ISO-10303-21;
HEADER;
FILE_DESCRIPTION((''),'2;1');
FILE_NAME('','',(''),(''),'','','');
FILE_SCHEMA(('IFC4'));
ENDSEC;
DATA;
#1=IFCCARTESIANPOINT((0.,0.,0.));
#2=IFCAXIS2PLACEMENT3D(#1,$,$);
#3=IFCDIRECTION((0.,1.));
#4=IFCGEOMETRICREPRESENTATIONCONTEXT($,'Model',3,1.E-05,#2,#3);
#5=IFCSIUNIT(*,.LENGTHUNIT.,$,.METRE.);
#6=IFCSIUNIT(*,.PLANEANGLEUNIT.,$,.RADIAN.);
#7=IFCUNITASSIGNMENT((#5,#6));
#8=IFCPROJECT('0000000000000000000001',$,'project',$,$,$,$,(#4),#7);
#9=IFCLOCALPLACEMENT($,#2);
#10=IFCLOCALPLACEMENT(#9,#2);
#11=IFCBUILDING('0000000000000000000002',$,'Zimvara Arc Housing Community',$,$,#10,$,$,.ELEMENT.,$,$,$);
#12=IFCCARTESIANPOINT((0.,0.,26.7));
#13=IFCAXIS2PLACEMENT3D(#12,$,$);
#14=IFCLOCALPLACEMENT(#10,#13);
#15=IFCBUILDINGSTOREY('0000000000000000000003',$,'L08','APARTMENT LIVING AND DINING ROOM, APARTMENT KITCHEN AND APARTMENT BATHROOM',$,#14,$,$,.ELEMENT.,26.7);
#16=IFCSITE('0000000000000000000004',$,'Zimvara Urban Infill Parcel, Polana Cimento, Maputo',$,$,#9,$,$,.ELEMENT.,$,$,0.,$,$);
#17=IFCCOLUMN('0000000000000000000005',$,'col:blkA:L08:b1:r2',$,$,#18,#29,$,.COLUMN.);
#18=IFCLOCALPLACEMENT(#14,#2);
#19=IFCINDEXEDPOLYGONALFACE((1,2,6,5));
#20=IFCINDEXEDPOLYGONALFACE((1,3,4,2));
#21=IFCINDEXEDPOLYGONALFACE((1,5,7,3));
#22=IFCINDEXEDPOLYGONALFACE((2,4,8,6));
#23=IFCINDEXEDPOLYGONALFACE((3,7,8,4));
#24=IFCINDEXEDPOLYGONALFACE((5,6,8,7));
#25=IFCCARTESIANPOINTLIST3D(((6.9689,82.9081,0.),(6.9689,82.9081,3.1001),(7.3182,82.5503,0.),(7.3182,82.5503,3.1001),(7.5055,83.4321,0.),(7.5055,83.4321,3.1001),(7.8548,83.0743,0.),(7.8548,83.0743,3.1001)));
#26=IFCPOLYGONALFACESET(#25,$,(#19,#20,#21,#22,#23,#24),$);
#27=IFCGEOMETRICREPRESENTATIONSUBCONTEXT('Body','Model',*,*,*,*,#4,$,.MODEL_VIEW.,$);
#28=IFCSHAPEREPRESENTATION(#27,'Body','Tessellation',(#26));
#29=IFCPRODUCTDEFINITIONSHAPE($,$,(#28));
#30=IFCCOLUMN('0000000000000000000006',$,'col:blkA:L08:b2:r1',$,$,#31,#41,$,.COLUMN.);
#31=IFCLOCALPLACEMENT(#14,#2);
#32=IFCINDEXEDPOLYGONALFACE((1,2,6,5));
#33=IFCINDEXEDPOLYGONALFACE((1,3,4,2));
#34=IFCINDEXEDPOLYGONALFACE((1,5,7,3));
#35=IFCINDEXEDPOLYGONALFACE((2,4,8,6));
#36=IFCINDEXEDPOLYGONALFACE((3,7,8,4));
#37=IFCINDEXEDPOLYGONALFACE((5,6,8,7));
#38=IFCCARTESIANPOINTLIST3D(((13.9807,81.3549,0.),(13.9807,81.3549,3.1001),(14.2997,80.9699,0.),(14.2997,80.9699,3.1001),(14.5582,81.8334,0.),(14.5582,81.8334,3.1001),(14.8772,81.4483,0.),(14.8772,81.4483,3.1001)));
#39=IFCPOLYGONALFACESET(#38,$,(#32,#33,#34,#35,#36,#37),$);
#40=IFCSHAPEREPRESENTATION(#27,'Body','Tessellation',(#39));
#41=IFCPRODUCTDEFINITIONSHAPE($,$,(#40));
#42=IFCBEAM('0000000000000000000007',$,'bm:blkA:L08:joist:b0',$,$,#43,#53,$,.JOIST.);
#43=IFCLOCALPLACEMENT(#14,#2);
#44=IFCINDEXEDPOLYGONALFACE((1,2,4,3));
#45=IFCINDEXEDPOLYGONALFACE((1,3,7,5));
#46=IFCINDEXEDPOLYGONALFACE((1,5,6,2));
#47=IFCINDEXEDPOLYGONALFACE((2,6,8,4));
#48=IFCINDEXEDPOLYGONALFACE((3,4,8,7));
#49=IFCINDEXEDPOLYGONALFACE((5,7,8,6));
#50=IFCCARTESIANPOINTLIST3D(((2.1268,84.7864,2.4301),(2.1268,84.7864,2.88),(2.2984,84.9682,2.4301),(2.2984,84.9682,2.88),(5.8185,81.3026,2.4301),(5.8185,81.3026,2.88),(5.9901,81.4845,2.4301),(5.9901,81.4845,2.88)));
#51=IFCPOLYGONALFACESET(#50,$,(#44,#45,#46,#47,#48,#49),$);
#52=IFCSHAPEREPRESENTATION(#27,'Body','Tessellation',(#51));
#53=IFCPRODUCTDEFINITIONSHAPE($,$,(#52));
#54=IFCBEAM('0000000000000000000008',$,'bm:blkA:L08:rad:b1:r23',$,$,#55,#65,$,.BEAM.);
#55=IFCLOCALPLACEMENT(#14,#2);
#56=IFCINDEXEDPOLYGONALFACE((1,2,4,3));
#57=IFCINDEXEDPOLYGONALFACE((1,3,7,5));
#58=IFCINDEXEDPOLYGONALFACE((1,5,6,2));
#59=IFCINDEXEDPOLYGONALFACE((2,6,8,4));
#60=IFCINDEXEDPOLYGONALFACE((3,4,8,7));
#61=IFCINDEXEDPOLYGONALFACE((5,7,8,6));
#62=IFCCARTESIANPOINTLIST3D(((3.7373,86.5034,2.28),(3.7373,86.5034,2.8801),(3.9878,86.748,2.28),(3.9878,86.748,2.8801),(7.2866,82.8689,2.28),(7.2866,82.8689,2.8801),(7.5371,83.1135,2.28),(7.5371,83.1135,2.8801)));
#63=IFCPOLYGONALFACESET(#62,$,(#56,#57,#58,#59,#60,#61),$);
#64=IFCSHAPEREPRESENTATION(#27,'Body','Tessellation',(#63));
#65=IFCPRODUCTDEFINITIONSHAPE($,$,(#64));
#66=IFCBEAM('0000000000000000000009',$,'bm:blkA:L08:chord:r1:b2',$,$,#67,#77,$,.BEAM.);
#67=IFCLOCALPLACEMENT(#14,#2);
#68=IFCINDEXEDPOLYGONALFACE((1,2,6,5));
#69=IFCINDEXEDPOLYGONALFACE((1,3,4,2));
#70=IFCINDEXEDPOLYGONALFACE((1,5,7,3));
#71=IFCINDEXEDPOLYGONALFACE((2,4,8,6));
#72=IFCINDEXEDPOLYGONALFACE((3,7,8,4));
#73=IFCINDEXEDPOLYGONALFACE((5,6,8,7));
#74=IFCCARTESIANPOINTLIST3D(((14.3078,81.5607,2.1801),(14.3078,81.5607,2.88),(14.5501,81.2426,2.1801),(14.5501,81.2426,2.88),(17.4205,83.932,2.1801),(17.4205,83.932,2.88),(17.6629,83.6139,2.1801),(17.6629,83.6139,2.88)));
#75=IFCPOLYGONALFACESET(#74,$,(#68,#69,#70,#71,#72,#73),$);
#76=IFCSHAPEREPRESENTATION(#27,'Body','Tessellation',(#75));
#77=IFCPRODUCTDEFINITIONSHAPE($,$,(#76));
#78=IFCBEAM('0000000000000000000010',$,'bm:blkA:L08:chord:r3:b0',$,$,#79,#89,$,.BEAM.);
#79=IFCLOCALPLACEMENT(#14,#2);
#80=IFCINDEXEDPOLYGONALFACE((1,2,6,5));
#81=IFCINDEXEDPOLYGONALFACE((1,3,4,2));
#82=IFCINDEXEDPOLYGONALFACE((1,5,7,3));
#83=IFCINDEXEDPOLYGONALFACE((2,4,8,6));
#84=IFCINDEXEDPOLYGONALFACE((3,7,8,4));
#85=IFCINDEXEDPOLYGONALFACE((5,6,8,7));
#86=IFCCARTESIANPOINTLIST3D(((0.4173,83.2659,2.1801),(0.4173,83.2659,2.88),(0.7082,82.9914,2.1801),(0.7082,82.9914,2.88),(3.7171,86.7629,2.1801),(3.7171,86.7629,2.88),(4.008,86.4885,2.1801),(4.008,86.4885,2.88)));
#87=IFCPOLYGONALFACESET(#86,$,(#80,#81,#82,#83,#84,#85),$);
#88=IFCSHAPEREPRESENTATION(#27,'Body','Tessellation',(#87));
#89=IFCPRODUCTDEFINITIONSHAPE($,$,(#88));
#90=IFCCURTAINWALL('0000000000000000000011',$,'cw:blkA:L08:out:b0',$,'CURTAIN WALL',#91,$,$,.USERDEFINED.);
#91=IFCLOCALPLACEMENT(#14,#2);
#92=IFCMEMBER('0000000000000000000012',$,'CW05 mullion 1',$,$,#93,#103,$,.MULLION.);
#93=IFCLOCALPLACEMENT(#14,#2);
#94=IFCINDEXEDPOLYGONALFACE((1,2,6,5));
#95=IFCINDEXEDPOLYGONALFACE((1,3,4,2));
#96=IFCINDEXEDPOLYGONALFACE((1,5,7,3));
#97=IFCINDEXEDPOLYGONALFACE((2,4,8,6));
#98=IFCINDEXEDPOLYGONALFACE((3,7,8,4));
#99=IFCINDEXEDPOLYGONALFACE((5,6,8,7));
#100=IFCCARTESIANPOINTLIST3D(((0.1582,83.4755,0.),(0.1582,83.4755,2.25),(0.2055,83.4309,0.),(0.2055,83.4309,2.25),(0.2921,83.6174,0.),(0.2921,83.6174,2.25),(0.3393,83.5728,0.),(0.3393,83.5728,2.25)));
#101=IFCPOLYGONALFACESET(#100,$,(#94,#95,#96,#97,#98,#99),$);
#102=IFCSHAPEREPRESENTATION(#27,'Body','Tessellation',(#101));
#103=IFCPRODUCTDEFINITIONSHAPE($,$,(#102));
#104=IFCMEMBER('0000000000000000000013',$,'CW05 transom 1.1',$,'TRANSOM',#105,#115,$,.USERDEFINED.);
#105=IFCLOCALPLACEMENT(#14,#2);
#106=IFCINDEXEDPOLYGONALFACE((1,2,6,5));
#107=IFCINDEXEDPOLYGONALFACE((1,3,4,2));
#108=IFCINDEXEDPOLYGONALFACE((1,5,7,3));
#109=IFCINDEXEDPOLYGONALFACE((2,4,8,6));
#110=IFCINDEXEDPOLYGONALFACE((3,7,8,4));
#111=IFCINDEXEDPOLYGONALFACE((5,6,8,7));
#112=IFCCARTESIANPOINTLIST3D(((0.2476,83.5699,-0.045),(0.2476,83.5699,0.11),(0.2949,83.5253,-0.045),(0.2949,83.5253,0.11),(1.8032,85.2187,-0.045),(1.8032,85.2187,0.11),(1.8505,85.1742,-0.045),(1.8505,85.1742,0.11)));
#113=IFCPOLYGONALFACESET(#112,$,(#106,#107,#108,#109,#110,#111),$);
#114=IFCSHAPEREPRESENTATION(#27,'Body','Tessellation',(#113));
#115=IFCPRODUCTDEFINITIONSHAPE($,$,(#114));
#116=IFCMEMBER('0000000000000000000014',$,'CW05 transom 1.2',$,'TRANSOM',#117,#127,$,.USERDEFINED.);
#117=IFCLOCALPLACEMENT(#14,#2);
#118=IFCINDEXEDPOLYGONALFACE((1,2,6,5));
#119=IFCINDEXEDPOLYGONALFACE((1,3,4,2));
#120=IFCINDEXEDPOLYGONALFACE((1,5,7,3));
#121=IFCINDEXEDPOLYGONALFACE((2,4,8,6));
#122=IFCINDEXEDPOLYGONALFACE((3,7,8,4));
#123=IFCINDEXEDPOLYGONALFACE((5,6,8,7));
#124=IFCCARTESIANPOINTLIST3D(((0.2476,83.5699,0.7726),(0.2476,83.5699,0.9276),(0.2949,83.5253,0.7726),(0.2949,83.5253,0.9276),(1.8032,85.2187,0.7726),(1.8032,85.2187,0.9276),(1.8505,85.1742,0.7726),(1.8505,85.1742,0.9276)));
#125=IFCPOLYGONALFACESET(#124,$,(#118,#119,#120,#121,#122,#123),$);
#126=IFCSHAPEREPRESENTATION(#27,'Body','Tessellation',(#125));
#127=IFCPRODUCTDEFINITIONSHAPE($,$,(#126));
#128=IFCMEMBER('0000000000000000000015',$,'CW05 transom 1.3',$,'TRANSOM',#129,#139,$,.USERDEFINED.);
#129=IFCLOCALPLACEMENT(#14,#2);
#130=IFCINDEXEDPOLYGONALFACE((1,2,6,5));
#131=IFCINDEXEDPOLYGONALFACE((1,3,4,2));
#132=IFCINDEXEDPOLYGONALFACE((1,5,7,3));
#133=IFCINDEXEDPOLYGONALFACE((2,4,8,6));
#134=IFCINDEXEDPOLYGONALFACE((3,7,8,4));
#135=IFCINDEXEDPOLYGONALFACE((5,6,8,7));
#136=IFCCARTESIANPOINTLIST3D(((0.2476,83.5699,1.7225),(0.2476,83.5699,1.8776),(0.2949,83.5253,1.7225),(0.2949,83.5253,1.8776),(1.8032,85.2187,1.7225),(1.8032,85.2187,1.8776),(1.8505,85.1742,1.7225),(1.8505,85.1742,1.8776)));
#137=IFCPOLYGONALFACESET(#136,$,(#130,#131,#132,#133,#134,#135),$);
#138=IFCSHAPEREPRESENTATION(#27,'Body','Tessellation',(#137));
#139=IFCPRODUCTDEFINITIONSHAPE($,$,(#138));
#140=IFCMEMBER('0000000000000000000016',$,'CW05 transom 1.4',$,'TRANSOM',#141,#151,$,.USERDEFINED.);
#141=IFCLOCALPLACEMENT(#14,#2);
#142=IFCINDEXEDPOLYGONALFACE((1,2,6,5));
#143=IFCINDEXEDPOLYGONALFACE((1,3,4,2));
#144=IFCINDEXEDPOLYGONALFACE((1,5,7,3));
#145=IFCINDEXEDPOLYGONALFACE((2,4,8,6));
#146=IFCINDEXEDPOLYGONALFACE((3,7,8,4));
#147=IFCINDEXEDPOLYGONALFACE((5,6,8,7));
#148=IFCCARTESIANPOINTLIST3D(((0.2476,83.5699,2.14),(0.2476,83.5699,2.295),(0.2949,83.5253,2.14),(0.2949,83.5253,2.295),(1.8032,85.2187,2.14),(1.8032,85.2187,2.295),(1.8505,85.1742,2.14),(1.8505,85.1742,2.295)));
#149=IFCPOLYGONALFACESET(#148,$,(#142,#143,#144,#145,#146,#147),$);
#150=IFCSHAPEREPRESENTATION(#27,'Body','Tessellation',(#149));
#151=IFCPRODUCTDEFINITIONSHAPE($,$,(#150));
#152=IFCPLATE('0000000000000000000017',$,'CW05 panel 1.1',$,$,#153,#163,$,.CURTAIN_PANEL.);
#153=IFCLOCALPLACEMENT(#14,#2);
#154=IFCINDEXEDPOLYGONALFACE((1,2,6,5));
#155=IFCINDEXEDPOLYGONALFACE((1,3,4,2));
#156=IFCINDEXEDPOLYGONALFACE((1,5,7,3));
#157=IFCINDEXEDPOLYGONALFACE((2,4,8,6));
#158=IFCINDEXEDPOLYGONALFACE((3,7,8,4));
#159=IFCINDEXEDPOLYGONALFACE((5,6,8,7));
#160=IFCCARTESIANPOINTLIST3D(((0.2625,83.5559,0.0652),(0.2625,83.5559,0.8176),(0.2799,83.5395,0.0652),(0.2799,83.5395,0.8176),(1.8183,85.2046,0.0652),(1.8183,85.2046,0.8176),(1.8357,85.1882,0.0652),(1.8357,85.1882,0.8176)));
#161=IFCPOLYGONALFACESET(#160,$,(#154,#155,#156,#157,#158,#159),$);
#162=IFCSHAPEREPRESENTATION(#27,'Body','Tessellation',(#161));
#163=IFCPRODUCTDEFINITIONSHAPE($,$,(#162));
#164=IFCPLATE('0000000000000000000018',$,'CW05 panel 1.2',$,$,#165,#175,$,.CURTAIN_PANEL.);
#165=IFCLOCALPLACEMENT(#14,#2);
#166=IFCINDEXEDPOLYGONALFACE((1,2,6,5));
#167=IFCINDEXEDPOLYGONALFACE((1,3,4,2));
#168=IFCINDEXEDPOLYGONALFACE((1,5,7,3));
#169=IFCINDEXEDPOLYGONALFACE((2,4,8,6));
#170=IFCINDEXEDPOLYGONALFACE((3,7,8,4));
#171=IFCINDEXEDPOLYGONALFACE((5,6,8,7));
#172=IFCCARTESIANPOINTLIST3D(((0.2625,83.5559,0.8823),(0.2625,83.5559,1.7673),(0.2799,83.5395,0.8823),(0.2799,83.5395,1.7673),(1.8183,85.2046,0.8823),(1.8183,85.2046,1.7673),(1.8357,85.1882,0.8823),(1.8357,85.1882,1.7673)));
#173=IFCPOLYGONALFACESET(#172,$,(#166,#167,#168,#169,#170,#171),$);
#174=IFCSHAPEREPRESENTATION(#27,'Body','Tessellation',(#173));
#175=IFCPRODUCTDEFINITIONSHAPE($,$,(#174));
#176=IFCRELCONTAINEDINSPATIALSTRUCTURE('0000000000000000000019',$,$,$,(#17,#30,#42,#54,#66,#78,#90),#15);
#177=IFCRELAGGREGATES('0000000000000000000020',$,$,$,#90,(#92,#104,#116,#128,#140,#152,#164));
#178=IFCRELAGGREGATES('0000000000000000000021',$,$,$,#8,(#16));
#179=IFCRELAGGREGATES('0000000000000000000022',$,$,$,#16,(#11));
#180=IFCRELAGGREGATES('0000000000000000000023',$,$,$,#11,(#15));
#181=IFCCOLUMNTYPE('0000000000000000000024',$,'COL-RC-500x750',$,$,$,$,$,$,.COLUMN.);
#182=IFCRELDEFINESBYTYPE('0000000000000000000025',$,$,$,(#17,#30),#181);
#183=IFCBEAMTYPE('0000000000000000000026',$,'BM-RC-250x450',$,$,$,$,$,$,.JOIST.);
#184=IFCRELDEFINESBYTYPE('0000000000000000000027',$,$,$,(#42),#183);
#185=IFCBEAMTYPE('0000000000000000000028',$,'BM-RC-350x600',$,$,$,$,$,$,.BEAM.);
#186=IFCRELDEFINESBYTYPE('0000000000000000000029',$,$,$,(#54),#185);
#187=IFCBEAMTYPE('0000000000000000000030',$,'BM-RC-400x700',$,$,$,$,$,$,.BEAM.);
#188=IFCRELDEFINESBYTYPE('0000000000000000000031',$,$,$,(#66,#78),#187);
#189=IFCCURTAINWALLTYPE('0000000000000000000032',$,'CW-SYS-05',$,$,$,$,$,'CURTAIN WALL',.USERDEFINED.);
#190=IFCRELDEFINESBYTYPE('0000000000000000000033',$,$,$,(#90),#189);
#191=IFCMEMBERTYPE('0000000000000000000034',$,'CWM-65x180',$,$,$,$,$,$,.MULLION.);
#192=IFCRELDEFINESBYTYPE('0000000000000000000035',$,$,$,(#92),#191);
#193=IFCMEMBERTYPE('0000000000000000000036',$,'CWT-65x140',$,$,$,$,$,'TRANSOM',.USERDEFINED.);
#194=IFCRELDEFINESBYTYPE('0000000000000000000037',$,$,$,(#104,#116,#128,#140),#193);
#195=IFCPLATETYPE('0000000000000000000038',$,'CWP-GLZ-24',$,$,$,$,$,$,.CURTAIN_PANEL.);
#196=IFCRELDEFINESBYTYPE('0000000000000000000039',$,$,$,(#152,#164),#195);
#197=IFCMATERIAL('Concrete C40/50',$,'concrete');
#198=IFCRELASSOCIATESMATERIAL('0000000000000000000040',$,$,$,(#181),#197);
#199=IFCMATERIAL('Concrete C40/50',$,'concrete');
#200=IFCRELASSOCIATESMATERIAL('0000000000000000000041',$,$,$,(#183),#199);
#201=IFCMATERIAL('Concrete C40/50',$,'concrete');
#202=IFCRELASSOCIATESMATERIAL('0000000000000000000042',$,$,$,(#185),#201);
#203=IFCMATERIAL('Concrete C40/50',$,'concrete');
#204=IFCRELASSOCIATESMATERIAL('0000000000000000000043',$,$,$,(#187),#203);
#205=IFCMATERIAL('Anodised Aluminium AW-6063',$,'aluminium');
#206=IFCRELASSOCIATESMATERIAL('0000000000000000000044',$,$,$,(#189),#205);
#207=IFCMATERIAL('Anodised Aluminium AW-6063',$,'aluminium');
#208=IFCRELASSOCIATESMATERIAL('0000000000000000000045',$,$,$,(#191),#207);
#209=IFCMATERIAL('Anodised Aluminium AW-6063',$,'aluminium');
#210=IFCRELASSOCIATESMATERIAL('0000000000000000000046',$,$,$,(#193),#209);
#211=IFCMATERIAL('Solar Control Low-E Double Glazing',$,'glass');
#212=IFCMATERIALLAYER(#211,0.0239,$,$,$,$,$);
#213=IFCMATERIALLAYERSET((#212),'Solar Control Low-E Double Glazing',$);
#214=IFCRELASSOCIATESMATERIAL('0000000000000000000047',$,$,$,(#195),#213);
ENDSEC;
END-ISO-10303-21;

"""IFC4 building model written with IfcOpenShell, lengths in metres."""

from ifc_helpers import new_model, si_unit, direction, frame, origin, origin_2d, place, context, subcontext, project, spatial, rectangle, extrude, material, layer, layer_set, material_profile, profile_set, type_object, element, aggregate, save


model = new_model("IFC4")

# Units and contexts
model_context = context("Model", 3, precision=1e-05, world=origin(), true_north=direction((0.0, 1.0)))
body_context = subcontext(model_context, "Body", "Model", "MODEL_VIEW")
ifc_project = project(units=[si_unit("LENGTHUNIT", "METRE"), si_unit("PLANEANGLEUNIT", "RADIAN")], contexts=[model_context])

# Site, building, storey
site_placement = place(None, origin())
site = spatial("IfcSite", under=ifc_project, at=site_placement, Name="Zimvara Urban Infill Parcel, Polana Cimento, Maputo", CompositionType="ELEMENT", RefElevation=0.0)
building_placement = place(site_placement, origin())
building = spatial("IfcBuilding", under=site, at=building_placement, Name="Zimvara Arc Housing Community", CompositionType="ELEMENT")
storey_placement = place(building_placement, frame((0.0, 0.0, 26.7)))
storey = spatial("IfcBuildingStorey", under=building, at=storey_placement, Name="L08", Description="APARTMENT LIVING AND DINING ROOM, APARTMENT KITCHEN AND APARTMENT BATHROOM", CompositionType="ELEMENT", Elevation=26.7)

# Columns
ifc_material_1 = material(Name="Concrete C40/50", Category="concrete")
ifc_material_profile_1 = material_profile(ifc_material_1, rectangle(XDim=0.5, YDim=0.75, at=origin_2d()), Name="RC 500x750")
ifc_profile_set_1 = profile_set([ifc_material_profile_1], Name="Concrete C40/50")
column_type_1 = type_object("IfcColumnType", Name="COL-RC-500x750", PredefinedType="COLUMN", material=ifc_profile_set_1)
for number, where, z_axis, x_axis, name in (
    (1, (7.4119, 82.9912, 0.0), (0.0, 0.0, 1.0), (-0.698665, 0.715449, 0.0), "col:blkA:L08:b1:r2"),
    (2, (14.429, 81.4016, 0.0), (0.0, 0.0, 1.0), (-0.637962, 0.770068, 0.0), "col:blkA:L08:b2:r1"),
):
    element("IfcColumn", number, at=place(storey_placement, frame(where, z_axis=z_axis, x_axis=x_axis)), inside=storey, type_object=column_type_1, Name=name, PredefinedType="COLUMN", context=body_context, shape_type="SweptSolid", body=[
        extrude(rectangle(XDim=0.5, YDim=0.75, at=origin_2d()), origin(), (0.0, 0.0, 1.0), 3.1001),
    ])

# Beams
ifc_material_2 = material(Name="Concrete C40/50", Category="concrete")
ifc_material_profile_2 = material_profile(ifc_material_2, rectangle(XDim=0.25, YDim=0.45, at=origin_2d()), Name="RC 250x450")
ifc_profile_set_2 = profile_set([ifc_material_profile_2], Name="Concrete C40/50")
beam_type_1 = type_object("IfcBeamType", Name="BM-RC-250x450", PredefinedType="JOIST", material=ifc_profile_set_2)
beam_1_placement = place(storey_placement, frame((5.9043, 81.3936, 2.655), z_axis=(-0.7273, 0.68632, 0.0), x_axis=(-0.68632, -0.7273, 0.0)))
element("IfcBeam", 3, at=beam_1_placement, inside=storey, type_object=beam_type_1, Name="bm:blkA:L08:joist:b0", PredefinedType="JOIST", context=body_context, shape_type="SweptSolid", body=[
    extrude(rectangle(XDim=0.25, YDim=0.45, at=origin_2d()), origin(), (0.0, 0.0, 1.0), 5.0759),
])
ifc_material_3 = material(Name="Concrete C40/50", Category="concrete")
ifc_material_profile_3 = material_profile(ifc_material_3, rectangle(XDim=0.3501, YDim=0.6001, at=origin_2d()), Name="RC 350x600")
ifc_profile_set_3 = profile_set([ifc_material_profile_3], Name="Concrete C40/50")
beam_type_2 = type_object("IfcBeamType", Name="BM-RC-350x600", PredefinedType="BEAM", material=ifc_profile_set_3)
beam_2_placement = place(storey_placement, frame((7.4119, 82.9912, 2.5801), z_axis=(-0.698671, 0.715443, 0.0), x_axis=(-0.715443, -0.698671, 0.0)))
element("IfcBeam", 4, at=beam_2_placement, inside=storey, type_object=beam_type_2, Name="bm:blkA:L08:rad:b1:r23", PredefinedType="BEAM", context=body_context, shape_type="SweptSolid", body=[
    extrude(rectangle(XDim=0.3501, YDim=0.6001, at=origin_2d()), origin(), (0.0, 0.0, 1.0), 5.0801),
])
ifc_material_4 = material(Name="Concrete C40/50", Category="concrete")
ifc_material_profile_4 = material_profile(ifc_material_4, rectangle(XDim=0.3999, YDim=0.7, at=origin_2d()), Name="RC 400x700")
ifc_profile_set_4 = profile_set([ifc_material_profile_4], Name="Concrete C40/50")
beam_type_3 = type_object("IfcBeamType", Name="BM-RC-400x700", PredefinedType="BEAM", material=ifc_profile_set_4)
beam_3_placement = place(storey_placement, frame((14.429, 81.4016, 2.53), z_axis=(0.79547, 0.605992, 0.0), x_axis=(-0.605992, 0.79547, 0.0)))
element("IfcBeam", 5, at=beam_3_placement, inside=storey, type_object=beam_type_3, Name="bm:blkA:L08:chord:r1:b2", PredefinedType="BEAM", context=body_context, shape_type="SweptSolid", body=[
    extrude(rectangle(XDim=0.3999, YDim=0.7, at=origin_2d()), origin(), (0.0, 0.0, 1.0), 3.9131),
])
beam_4_placement = place(storey_placement, frame((0.5627, 83.1287, 2.53), z_axis=(0.686295, 0.727323, 0.0), x_axis=(-0.727323, 0.686295, 0.0)))
element("IfcBeam", 6, at=beam_4_placement, inside=storey, type_object=beam_type_3, Name="bm:blkA:L08:chord:r3:b0", PredefinedType="BEAM", context=body_context, shape_type="SweptSolid", body=[
    extrude(rectangle(XDim=0.3999, YDim=0.7, at=origin_2d()), origin(), (0.0, 0.0, 1.0), 4.8081),
])

# Curtain wall, members, plates
ifc_material_5 = material(Name="Anodised Aluminium AW-6063", Category="aluminium")
curtain_wall_type = type_object("IfcCurtainWallType", Name="CW-SYS-05", ElementType="CURTAIN WALL", PredefinedType="USERDEFINED", material=ifc_material_5)
curtain_wall_placement = place(storey_placement, origin())
curtain_wall = element("IfcCurtainWall", 7, at=curtain_wall_placement, inside=storey, type_object=curtain_wall_type, Name="cw:blkA:L08:out:b0", ObjectType="CURTAIN WALL", PredefinedType="USERDEFINED")
ifc_material_6 = material(Name="Anodised Aluminium AW-6063", Category="aluminium")
ifc_material_profile_5 = material_profile(ifc_material_6, rectangle(XDim=0.0649, YDim=0.1951, at=origin_2d()), Name="ALU 65x195")
ifc_profile_set_5 = profile_set([ifc_material_profile_5], Name="Anodised Aluminium AW-6063")
member_type_1 = type_object("IfcMemberType", Name="CWM-65x180", PredefinedType="MULLION", material=ifc_profile_set_5)
member_1_placement = place(storey_placement, frame((0.2488, 83.5242, 0.0), z_axis=(0.0, 0.0, 1.0), x_axis=(-0.727294, 0.686326, 0.0)))
member_1 = element("IfcMember", 8, at=member_1_placement, type_object=member_type_1, Name="CW05 mullion 1", PredefinedType="MULLION", context=body_context, shape_type="SweptSolid", body=[
    extrude(rectangle(XDim=0.0649, YDim=0.1951, at=origin_2d()), origin(), (0.0, 0.0, 1.0), 2.25),
])
ifc_material_7 = material(Name="Anodised Aluminium AW-6063", Category="aluminium")
ifc_material_profile_6 = material_profile(ifc_material_7, rectangle(XDim=0.0649, YDim=0.155, at=origin_2d()), Name="ALU 65x155")
ifc_profile_set_6 = profile_set([ifc_material_profile_6], Name="Anodised Aluminium AW-6063")
member_type_2 = type_object("IfcMemberType", Name="CWT-65x140", ElementType="TRANSOM", PredefinedType="USERDEFINED", material=ifc_profile_set_6)
member_2_placement = place(storey_placement, frame((0.2712, 83.5476, 0.0325), z_axis=(0.686238, 0.727377, 0.0), x_axis=(-0.727377, 0.686238, 0.0)))
member_2 = element("IfcMember", 9, at=member_2_placement, type_object=member_type_2, Name="CW05 transom 1.1", ObjectType="TRANSOM", PredefinedType="USERDEFINED", context=body_context, shape_type="SweptSolid", body=[
    extrude(rectangle(XDim=0.0649, YDim=0.155, at=origin_2d()), origin(), (0.0, 0.0, 1.0), 2.2668),
])
member_3_placement = place(storey_placement, frame((0.2712, 83.5476, 0.8501), z_axis=(0.686238, 0.727377, 0.0), x_axis=(-0.727377, 0.686238, 0.0)))
member_3 = element("IfcMember", 10, at=member_3_placement, type_object=member_type_2, Name="CW05 transom 1.2", ObjectType="TRANSOM", PredefinedType="USERDEFINED", context=body_context, shape_type="SweptSolid", body=[
    extrude(rectangle(XDim=0.0649, YDim=0.155, at=origin_2d()), origin(), (0.0, 0.0, 1.0), 2.2668),
])
member_4_placement = place(storey_placement, frame((0.2712, 83.5476, 1.8), z_axis=(0.686238, 0.727377, 0.0), x_axis=(-0.727377, 0.686238, 0.0)))
member_4 = element("IfcMember", 11, at=member_4_placement, type_object=member_type_2, Name="CW05 transom 1.3", ObjectType="TRANSOM", PredefinedType="USERDEFINED", context=body_context, shape_type="SweptSolid", body=[
    extrude(rectangle(XDim=0.0649, YDim=0.155, at=origin_2d()), origin(), (0.0, 0.0, 1.0), 2.2668),
])
member_5_placement = place(storey_placement, frame((0.2712, 83.5476, 2.2175), z_axis=(0.686238, 0.727377, 0.0), x_axis=(-0.727377, 0.686238, 0.0)))
member_5 = element("IfcMember", 12, at=member_5_placement, type_object=member_type_2, Name="CW05 transom 1.4", ObjectType="TRANSOM", PredefinedType="USERDEFINED", context=body_context, shape_type="SweptSolid", body=[
    extrude(rectangle(XDim=0.0649, YDim=0.155, at=origin_2d()), origin(), (0.0, 0.0, 1.0), 2.2668),
])
ifc_material_8 = material(Name="Solar Control Low-E Double Glazing", Category="glass")
ifc_layer_1 = layer(ifc_material_8, 0.0239)
ifc_layer_set_1 = layer_set([ifc_layer_1], Name="Solar Control Low-E Double Glazing")
plate_type = type_object("IfcPlateType", Name="CWP-GLZ-24", PredefinedType="CURTAIN_PANEL", material=ifc_layer_set_1)
plate_1_placement = place(storey_placement, frame((1.0491, 84.3721, 0.0652), z_axis=(0.0, 0.0, 1.0), x_axis=(0.686326, 0.727294, 0.0)))
plate_1 = element("IfcPlate", 13, at=plate_1_placement, type_object=plate_type, Name="CW05 panel 1.1", PredefinedType="CURTAIN_PANEL", context=body_context, shape_type="SweptSolid", body=[
    extrude(rectangle(XDim=2.2668, YDim=0.0239, at=origin_2d()), origin(), (0.0, 0.0, 1.0), 0.7524),
])
plate_2_placement = place(storey_placement, frame((1.0491, 84.3721, 0.8823), z_axis=(0.0, 0.0, 1.0), x_axis=(0.686326, 0.727294, 0.0)))
plate_2 = element("IfcPlate", 14, at=plate_2_placement, type_object=plate_type, Name="CW05 panel 1.2", PredefinedType="CURTAIN_PANEL", context=body_context, shape_type="SweptSolid", body=[
    extrude(rectangle(XDim=2.2668, YDim=0.0239, at=origin_2d()), origin(), (0.0, 0.0, 1.0), 0.885),
])
aggregate(curtain_wall, [member_1, member_2, member_3, member_4, member_5, plate_1, plate_2])

save(model, "model.ifc")
